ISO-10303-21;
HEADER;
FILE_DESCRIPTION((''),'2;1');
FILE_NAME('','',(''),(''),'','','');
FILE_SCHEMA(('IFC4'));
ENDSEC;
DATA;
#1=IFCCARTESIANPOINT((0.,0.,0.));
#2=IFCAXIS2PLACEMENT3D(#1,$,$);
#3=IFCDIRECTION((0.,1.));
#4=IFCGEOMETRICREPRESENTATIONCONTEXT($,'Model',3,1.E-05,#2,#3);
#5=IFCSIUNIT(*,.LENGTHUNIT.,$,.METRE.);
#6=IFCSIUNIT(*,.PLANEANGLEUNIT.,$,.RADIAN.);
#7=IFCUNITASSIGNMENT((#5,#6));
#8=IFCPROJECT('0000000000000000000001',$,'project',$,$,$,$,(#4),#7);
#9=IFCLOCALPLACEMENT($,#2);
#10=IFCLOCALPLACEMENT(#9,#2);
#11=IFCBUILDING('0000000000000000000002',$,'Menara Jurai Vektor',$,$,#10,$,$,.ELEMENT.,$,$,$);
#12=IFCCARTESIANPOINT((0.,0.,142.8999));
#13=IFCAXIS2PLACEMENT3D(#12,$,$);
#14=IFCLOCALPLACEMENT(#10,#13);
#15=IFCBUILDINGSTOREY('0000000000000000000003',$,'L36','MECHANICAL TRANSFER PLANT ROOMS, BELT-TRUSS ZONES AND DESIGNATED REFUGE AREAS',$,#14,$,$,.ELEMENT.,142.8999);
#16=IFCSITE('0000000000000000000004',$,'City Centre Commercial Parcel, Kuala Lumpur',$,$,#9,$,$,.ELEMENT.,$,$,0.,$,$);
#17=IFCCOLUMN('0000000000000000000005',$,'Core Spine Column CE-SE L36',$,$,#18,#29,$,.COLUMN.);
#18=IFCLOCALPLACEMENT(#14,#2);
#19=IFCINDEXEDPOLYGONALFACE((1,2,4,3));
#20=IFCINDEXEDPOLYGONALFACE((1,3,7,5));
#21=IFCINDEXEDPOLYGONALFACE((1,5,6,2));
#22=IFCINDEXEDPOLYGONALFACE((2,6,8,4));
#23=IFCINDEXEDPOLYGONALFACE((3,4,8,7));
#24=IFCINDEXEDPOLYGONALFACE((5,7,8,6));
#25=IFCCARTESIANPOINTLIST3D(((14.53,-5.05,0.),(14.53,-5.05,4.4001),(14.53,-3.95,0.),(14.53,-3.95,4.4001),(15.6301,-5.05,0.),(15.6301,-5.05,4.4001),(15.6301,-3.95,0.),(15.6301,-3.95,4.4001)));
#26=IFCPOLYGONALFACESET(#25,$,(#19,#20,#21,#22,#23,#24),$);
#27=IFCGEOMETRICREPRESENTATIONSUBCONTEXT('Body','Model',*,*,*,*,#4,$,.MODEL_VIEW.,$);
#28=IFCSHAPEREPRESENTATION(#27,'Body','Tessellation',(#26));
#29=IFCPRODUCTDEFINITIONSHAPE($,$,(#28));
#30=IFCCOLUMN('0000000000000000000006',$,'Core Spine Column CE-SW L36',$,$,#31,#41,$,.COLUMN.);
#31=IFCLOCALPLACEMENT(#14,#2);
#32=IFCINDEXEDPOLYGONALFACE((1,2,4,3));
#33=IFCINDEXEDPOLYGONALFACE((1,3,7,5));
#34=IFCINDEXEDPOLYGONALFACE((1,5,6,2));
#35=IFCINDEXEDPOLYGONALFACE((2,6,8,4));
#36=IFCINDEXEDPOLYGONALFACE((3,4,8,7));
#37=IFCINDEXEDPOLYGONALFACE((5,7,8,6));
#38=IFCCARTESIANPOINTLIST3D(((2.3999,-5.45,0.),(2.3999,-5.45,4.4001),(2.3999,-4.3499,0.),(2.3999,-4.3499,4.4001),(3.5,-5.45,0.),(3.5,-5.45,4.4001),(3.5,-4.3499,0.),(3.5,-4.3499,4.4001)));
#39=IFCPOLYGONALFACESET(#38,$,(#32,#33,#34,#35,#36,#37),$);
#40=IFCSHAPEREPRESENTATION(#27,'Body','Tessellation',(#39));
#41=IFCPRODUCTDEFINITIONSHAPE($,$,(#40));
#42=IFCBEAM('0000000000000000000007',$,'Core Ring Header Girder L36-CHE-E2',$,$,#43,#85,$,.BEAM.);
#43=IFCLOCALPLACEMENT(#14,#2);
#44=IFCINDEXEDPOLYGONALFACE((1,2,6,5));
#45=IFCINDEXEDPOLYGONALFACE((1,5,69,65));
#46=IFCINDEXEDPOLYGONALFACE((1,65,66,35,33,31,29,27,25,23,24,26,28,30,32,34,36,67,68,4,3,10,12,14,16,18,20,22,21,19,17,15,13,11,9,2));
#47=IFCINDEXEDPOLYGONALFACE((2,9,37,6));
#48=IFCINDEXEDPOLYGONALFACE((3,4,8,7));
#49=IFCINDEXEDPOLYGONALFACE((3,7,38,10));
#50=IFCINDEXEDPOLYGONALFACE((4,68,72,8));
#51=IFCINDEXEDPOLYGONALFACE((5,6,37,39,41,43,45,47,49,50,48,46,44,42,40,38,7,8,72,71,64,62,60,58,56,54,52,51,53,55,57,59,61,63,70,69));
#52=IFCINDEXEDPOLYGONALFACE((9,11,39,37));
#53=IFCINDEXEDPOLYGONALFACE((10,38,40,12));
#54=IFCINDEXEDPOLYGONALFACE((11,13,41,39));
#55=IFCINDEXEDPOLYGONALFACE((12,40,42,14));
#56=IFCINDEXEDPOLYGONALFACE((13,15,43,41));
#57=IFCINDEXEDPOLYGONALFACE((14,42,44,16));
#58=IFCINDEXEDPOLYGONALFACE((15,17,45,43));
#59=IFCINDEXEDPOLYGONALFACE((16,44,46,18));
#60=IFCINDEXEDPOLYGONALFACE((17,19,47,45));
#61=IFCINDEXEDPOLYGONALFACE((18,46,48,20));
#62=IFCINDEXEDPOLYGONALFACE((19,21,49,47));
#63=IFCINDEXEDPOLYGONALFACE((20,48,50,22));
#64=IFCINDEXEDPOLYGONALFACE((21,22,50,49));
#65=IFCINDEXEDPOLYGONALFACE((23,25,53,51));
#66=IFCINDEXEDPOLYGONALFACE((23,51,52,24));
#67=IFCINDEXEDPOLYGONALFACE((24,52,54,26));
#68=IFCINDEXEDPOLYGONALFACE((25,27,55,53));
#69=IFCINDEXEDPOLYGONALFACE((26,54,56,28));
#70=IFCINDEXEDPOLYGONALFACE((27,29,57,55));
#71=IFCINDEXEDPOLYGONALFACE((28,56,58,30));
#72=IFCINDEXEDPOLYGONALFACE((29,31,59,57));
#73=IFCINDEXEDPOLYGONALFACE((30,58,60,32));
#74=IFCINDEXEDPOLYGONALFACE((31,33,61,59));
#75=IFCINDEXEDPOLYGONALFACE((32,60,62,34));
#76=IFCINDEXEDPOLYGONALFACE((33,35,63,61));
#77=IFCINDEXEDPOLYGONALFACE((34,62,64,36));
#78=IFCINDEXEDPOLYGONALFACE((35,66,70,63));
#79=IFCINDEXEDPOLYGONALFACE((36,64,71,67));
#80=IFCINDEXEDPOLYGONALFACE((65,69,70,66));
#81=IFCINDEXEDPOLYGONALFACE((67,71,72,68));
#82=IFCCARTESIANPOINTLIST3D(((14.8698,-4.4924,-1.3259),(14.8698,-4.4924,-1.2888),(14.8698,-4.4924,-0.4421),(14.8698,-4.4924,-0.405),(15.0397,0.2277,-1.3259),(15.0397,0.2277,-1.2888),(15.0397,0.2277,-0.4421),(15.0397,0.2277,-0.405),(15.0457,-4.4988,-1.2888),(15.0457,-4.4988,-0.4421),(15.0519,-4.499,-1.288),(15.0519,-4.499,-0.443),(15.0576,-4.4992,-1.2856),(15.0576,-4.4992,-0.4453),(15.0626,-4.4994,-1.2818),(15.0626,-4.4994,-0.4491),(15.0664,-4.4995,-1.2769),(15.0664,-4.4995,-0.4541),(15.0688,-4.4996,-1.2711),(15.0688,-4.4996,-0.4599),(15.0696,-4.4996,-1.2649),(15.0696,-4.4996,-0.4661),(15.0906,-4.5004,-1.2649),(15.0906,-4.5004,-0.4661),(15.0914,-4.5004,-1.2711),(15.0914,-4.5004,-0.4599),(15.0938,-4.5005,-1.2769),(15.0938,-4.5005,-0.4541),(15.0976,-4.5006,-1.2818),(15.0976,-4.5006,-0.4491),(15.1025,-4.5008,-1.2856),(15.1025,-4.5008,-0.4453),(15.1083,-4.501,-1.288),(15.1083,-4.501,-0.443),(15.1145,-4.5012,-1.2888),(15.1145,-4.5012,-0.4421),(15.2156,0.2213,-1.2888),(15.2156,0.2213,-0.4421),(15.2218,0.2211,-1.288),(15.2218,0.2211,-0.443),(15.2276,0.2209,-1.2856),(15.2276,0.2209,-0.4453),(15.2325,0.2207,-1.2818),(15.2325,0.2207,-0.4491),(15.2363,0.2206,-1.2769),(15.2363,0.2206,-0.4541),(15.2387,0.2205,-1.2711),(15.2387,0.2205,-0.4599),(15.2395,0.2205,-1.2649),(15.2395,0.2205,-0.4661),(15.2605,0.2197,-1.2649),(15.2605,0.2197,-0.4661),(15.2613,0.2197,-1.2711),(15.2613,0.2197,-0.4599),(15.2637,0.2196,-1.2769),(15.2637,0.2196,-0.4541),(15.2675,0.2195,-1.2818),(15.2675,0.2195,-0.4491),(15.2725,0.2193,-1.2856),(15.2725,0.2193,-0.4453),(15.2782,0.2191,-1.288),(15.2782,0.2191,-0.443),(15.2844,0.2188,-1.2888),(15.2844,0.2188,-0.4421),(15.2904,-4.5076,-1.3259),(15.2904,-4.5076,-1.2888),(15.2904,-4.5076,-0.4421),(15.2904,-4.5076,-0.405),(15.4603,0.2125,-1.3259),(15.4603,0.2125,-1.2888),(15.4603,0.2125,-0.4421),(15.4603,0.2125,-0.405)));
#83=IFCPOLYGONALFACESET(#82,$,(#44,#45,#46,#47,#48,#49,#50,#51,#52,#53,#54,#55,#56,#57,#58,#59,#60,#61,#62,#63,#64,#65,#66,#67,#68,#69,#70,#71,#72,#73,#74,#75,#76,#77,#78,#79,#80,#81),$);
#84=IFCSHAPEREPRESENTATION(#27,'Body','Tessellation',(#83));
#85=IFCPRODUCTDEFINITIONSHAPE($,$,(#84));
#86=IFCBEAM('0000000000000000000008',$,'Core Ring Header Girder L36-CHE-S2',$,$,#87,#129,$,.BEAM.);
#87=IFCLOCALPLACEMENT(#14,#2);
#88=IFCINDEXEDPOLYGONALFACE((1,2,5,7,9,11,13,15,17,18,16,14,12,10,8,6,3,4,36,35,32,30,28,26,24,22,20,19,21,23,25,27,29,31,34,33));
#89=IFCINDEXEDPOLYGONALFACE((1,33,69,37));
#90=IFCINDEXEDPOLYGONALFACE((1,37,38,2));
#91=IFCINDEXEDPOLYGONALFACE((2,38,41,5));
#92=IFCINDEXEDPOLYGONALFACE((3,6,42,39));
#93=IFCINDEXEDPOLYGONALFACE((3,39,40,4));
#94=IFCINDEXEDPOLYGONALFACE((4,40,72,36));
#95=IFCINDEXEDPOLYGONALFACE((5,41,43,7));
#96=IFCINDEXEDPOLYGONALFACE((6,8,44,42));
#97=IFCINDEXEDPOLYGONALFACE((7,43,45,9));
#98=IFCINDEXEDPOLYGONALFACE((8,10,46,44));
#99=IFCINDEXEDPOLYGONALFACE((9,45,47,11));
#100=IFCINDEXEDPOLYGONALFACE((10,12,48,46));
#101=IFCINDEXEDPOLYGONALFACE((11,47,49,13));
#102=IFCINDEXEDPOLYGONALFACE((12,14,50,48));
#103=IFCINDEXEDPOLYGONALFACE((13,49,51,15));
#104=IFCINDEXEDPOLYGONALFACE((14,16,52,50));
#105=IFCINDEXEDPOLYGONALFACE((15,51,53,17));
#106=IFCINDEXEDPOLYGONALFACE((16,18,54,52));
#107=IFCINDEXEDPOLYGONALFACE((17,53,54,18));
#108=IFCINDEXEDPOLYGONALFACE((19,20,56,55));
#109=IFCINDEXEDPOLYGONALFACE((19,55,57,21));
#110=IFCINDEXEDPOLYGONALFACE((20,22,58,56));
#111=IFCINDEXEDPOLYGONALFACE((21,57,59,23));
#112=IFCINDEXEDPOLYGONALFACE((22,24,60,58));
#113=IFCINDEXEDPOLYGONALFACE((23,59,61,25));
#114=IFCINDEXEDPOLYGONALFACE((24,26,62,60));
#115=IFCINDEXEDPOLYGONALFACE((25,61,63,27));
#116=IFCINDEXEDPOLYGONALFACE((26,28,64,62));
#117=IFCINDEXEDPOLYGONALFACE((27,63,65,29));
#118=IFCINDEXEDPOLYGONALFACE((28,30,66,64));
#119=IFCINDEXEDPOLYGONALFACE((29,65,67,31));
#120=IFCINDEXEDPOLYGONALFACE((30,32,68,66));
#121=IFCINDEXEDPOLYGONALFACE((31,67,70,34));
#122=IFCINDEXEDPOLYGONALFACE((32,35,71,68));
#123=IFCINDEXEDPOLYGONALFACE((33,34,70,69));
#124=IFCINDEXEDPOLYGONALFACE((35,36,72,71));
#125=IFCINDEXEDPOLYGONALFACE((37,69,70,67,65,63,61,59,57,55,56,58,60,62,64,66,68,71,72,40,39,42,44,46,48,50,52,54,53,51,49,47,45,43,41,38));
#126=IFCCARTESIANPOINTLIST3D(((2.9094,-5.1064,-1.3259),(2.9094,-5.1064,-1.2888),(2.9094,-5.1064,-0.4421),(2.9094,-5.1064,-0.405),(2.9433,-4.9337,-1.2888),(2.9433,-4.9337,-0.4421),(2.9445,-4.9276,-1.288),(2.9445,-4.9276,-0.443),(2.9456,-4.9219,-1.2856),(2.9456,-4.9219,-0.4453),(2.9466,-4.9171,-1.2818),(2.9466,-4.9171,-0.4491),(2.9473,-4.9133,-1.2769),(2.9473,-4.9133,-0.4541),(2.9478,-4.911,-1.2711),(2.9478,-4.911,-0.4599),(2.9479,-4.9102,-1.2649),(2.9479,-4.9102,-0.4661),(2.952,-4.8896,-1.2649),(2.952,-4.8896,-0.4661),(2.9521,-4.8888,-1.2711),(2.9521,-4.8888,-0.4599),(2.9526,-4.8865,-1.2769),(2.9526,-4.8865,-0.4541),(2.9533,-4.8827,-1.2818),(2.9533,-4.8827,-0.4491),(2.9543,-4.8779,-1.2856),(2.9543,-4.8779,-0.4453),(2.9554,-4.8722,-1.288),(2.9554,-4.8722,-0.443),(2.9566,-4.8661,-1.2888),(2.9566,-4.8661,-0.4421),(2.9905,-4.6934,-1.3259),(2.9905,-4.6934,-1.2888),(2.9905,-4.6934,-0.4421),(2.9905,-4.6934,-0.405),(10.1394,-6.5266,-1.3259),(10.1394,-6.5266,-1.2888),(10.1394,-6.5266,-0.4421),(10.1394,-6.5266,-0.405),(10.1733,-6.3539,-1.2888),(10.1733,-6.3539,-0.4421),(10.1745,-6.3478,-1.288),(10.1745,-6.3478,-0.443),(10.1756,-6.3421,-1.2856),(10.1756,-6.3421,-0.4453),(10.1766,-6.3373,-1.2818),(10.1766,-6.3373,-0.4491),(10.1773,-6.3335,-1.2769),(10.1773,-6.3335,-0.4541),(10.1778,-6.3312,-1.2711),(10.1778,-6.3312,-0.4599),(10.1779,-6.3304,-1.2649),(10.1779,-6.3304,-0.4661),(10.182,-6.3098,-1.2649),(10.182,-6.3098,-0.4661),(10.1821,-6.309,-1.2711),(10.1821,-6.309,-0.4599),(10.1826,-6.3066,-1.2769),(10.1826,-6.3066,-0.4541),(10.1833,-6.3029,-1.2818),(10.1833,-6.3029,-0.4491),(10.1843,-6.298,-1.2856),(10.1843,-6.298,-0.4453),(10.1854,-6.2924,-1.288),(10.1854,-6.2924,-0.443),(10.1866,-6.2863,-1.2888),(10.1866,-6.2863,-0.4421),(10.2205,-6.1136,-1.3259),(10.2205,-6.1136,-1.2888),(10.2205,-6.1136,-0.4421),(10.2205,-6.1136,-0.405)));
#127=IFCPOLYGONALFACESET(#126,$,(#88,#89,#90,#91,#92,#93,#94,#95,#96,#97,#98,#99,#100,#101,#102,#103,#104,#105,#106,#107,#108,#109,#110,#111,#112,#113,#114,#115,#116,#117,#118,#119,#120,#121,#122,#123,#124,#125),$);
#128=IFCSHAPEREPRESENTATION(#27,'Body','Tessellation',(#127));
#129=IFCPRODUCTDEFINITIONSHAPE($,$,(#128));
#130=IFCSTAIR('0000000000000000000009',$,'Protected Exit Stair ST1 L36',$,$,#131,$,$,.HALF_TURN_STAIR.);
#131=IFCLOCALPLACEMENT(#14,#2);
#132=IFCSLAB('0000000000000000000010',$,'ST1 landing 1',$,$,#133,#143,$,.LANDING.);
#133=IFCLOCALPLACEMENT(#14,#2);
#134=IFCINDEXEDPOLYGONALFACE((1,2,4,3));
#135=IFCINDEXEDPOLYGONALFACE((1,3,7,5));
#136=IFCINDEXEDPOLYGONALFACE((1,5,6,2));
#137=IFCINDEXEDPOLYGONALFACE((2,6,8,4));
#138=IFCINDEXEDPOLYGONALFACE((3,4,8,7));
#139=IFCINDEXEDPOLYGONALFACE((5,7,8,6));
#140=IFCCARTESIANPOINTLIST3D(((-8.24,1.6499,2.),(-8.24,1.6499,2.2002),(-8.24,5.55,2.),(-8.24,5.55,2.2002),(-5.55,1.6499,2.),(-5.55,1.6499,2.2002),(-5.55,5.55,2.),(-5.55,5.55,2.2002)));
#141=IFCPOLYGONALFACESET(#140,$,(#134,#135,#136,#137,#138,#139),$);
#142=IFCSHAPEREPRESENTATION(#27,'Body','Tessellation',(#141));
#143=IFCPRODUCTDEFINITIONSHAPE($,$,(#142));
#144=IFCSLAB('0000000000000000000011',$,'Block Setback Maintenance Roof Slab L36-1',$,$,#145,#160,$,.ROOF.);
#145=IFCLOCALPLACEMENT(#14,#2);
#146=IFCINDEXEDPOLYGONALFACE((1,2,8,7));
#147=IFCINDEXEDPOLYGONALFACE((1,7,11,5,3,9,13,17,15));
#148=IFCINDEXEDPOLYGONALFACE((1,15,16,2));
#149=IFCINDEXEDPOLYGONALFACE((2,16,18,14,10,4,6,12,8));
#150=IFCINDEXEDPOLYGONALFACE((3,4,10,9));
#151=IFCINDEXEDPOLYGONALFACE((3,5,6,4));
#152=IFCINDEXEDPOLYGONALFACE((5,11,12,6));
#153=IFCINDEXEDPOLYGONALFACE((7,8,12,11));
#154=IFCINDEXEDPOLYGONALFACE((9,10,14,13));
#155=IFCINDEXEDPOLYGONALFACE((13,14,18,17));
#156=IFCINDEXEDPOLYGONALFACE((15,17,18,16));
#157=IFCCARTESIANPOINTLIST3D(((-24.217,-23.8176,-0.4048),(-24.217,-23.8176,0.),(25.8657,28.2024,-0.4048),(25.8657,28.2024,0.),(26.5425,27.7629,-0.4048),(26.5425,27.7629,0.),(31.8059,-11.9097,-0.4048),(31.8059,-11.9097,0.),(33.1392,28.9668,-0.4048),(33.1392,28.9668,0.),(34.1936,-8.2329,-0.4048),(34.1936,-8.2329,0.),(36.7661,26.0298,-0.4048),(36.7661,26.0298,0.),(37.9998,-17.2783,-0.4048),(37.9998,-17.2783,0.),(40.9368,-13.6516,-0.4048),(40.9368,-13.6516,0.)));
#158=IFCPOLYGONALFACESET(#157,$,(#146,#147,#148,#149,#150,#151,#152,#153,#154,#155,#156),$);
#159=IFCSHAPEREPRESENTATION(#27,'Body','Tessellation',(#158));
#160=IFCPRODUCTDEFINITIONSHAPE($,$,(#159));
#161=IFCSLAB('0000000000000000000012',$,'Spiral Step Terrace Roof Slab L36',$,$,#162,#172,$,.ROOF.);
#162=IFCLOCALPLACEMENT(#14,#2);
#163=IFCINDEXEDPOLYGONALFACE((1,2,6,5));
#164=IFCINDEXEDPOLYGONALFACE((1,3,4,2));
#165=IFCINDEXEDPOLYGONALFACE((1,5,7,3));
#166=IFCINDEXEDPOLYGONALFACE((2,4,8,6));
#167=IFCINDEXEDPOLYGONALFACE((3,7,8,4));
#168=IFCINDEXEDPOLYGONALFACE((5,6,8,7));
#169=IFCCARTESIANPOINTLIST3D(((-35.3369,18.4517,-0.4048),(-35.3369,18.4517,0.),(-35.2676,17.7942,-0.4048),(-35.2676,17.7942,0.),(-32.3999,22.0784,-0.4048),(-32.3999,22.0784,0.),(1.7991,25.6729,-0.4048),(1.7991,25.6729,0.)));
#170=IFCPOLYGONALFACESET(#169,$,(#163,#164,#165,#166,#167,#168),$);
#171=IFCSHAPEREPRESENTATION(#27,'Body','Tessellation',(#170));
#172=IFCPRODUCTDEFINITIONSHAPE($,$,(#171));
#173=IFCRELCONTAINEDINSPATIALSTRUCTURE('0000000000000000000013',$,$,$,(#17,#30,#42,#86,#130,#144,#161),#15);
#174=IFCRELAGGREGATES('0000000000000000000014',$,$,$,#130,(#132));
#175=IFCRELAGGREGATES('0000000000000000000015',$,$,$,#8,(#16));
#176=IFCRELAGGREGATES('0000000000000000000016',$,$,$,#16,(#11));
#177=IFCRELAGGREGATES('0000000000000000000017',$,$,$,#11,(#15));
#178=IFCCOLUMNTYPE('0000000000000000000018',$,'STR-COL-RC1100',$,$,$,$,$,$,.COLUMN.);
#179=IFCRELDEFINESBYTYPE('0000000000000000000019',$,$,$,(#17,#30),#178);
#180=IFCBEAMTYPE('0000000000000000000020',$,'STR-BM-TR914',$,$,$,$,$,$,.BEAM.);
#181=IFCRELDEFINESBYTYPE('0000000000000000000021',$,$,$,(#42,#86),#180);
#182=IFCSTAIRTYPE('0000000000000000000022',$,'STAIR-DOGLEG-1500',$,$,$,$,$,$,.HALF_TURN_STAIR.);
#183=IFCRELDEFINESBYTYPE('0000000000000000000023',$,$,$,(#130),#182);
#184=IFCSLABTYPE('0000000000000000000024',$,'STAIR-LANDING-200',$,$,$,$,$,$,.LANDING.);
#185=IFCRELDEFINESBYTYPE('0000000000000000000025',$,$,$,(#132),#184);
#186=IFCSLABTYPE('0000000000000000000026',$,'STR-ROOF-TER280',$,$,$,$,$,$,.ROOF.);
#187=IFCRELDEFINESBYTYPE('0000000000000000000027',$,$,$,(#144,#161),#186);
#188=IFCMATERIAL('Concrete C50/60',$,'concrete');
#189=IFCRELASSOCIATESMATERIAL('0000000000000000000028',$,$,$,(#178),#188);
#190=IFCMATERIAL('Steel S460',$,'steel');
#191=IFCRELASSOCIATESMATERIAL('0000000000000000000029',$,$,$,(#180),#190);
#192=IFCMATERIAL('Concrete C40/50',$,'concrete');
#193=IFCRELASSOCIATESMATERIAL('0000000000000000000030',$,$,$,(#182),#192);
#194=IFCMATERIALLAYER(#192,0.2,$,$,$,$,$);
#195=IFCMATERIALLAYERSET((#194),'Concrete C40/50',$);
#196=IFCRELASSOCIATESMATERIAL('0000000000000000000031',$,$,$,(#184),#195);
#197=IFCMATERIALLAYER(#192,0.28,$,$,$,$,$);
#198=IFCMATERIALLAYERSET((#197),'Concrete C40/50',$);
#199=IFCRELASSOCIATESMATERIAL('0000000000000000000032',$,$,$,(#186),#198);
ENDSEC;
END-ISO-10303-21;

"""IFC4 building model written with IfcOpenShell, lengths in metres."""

from ifc_helpers import new_model, si_unit, direction, frame, origin, origin_2d, place, context, subcontext, project, spatial, polyline, rectangle, i_section, outline, extrude, material, layer, layer_set, material_profile, profile_set, type_object, element, aggregate, save


model = new_model("IFC4")

# Units and contexts
model_context = context("Model", 3, precision=1e-05, world=origin(), true_north=direction((0.0, 1.0)))
body_context = subcontext(model_context, "Body", "Model", "MODEL_VIEW")
ifc_project = project(units=[si_unit("LENGTHUNIT", "METRE"), si_unit("PLANEANGLEUNIT", "RADIAN")], contexts=[model_context])

# Site, building, storey
site_placement = place(None, origin())
site = spatial("IfcSite", under=ifc_project, at=site_placement, Name="City Centre Commercial Parcel, Kuala Lumpur", CompositionType="ELEMENT", RefElevation=0.0)
building_placement = place(site_placement, origin())
building = spatial("IfcBuilding", under=site, at=building_placement, Name="Menara Jurai Vektor", CompositionType="ELEMENT")
storey_placement = place(building_placement, frame((0.0, 0.0, 142.8999)))
storey = spatial("IfcBuildingStorey", under=building, at=storey_placement, Name="L36", Description="MECHANICAL TRANSFER PLANT ROOMS, BELT-TRUSS ZONES AND DESIGNATED REFUGE AREAS", CompositionType="ELEMENT", Elevation=142.8999)

# Columns
ifc_material_1 = material(Name="Concrete C50/60", Category="concrete")
ifc_material_profile_1 = material_profile(ifc_material_1, rectangle(XDim=1.1001, YDim=1.1001, at=origin_2d()), Name="RC 1100x1100")
ifc_profile_set_1 = profile_set([ifc_material_profile_1], Name="Concrete C50/60")
column_type = type_object("IfcColumnType", Name="STR-COL-RC1100", PredefinedType="COLUMN", material=ifc_profile_set_1)
for number, where, z_axis, x_axis, name in (
    (1, (15.0801, -4.5, 0.0), (0.0, 0.0, 1.0), (1.0, 0.0, 0.0), "Core Spine Column CE-SE L36"),
    (2, (2.95, -4.8999, 0.0), (0.0, 0.0, 1.0), (1.0, 0.0, 0.0), "Core Spine Column CE-SW L36"),
):
    element("IfcColumn", number, at=place(storey_placement, frame(where, z_axis=z_axis, x_axis=x_axis)), inside=storey, type_object=column_type, Name=name, PredefinedType="COLUMN", context=body_context, shape_type="SweptSolid", body=[
        extrude(rectangle(XDim=1.1001, YDim=1.1001, at=origin_2d()), origin(), (0.0, 0.0, 1.0), 4.4001),
    ])

# Beams
ifc_material_2 = material(Name="Steel S460", Category="steel")
ifc_material_profile_2 = material_profile(ifc_material_2, i_section(OverallWidth=0.4209, OverallDepth=0.9209, WebThickness=0.021, FlangeThickness=0.0371, FilletRadius=0.0239, at=origin_2d()), Name="UKB 914x419x388")
ifc_profile_set_2 = profile_set([ifc_material_profile_2], Name="Steel S460")
beam_type = type_object("IfcBeamType", Name="STR-BM-TR914", PredefinedType="BEAM", material=ifc_profile_set_2)
beam_1_placement = place(storey_placement, frame((15.0801, -4.5, -0.8655), z_axis=(0.035977, 0.999353, 0.0), x_axis=(-0.999353, 0.035977, 0.0)))
element("IfcBeam", 3, at=beam_1_placement, inside=storey, type_object=beam_type, Name="Core Ring Header Girder L36-CHE-E2", PredefinedType="BEAM", context=body_context, shape_type="SweptSolid", body=[
    extrude(i_section(OverallWidth=0.4209, OverallDepth=0.9209, WebThickness=0.021, FlangeThickness=0.0371, FilletRadius=0.0239, at=origin_2d()), origin(), (0.0, 0.0, 1.0), 4.7231),
])
beam_2_placement = place(storey_placement, frame((2.95, -4.8999, -0.8655), z_axis=(0.981249, -0.192744, 0.0), x_axis=(0.192744, 0.981249, 0.0)))
element("IfcBeam", 4, at=beam_2_placement, inside=storey, type_object=beam_type, Name="Core Ring Header Girder L36-CHE-S2", PredefinedType="BEAM", context=body_context, shape_type="SweptSolid", body=[
    extrude(i_section(OverallWidth=0.4209, OverallDepth=0.9209, WebThickness=0.021, FlangeThickness=0.0371, FilletRadius=0.0239, at=origin_2d()), origin(), (0.0, 0.0, 1.0), 7.3682),
])

# Stair, slab
ifc_material_3 = material(Name="Concrete C40/50", Category="concrete")
stair_type = type_object("IfcStairType", Name="STAIR-DOGLEG-1500", PredefinedType="HALF_TURN_STAIR", material=ifc_material_3)
stair_placement = place(storey_placement, origin())
stair = element("IfcStair", 5, at=stair_placement, inside=storey, type_object=stair_type, Name="Protected Exit Stair ST1 L36", PredefinedType="HALF_TURN_STAIR")
ifc_layer_1 = layer(ifc_material_3, 0.2)
ifc_layer_set_1 = layer_set([ifc_layer_1], Name="Concrete C40/50")
slab_type_1 = type_object("IfcSlabType", Name="STAIR-LANDING-200", PredefinedType="LANDING", material=ifc_layer_set_1)
slab_1_placement = place(storey_placement, frame((0.0, 0.0, 2.0)))
slab_1 = element("IfcSlab", 6, at=slab_1_placement, type_object=slab_type_1, Name="ST1 landing 1", PredefinedType="LANDING", context=body_context, shape_type="SweptSolid", body=[
    extrude(outline(polyline([(-8.24, 1.6499), (-5.55, 1.6499), (-5.55, 5.55), (-8.24, 5.55), (-8.24, 1.6499)])), origin(), (0.0, 0.0, 1.0), 0.2002),
])
aggregate(stair, [slab_1])

# Slabs
ifc_layer_2 = layer(ifc_material_3, 0.28)
ifc_layer_set_2 = layer_set([ifc_layer_2], Name="Concrete C40/50")
slab_type_2 = type_object("IfcSlabType", Name="STR-ROOF-TER280", PredefinedType="ROOF", material=ifc_layer_set_2)
slab_2_placement = place(storey_placement, frame((0.0, 0.0, -0.4048)))
element("IfcSlab", 7, at=slab_2_placement, inside=storey, type_object=slab_type_2, Name="Block Setback Maintenance Roof Slab L36-1", PredefinedType="ROOF", context=body_context, shape_type="SweptSolid", body=[
    extrude(outline(polyline([(25.8657, 28.2024), (26.5425, 27.7629), (34.1936, -8.2329), (31.8059, -11.9097), (-24.217, -23.8176), (37.9998, -17.2783), (40.9368, -13.6516), (36.7661, 26.0298), (33.1392, 28.9668), (25.8657, 28.2024)])), origin(), (0.0, 0.0, 1.0), 0.4048),
])
slab_3_placement = place(storey_placement, frame((0.0, 0.0, -0.4048)))
element("IfcSlab", 8, at=slab_3_placement, inside=storey, type_object=slab_type_2, Name="Spiral Step Terrace Roof Slab L36", PredefinedType="ROOF", context=body_context, shape_type="SweptSolid", body=[
    extrude(outline(polyline([(-35.2676, 17.7942), (1.7991, 25.6729), (-32.3999, 22.0784), (-35.3369, 18.4517), (-35.2676, 17.7942)])), origin(), (0.0, 0.0, 1.0), 0.4048),
])

save(model, "model.ifc")
